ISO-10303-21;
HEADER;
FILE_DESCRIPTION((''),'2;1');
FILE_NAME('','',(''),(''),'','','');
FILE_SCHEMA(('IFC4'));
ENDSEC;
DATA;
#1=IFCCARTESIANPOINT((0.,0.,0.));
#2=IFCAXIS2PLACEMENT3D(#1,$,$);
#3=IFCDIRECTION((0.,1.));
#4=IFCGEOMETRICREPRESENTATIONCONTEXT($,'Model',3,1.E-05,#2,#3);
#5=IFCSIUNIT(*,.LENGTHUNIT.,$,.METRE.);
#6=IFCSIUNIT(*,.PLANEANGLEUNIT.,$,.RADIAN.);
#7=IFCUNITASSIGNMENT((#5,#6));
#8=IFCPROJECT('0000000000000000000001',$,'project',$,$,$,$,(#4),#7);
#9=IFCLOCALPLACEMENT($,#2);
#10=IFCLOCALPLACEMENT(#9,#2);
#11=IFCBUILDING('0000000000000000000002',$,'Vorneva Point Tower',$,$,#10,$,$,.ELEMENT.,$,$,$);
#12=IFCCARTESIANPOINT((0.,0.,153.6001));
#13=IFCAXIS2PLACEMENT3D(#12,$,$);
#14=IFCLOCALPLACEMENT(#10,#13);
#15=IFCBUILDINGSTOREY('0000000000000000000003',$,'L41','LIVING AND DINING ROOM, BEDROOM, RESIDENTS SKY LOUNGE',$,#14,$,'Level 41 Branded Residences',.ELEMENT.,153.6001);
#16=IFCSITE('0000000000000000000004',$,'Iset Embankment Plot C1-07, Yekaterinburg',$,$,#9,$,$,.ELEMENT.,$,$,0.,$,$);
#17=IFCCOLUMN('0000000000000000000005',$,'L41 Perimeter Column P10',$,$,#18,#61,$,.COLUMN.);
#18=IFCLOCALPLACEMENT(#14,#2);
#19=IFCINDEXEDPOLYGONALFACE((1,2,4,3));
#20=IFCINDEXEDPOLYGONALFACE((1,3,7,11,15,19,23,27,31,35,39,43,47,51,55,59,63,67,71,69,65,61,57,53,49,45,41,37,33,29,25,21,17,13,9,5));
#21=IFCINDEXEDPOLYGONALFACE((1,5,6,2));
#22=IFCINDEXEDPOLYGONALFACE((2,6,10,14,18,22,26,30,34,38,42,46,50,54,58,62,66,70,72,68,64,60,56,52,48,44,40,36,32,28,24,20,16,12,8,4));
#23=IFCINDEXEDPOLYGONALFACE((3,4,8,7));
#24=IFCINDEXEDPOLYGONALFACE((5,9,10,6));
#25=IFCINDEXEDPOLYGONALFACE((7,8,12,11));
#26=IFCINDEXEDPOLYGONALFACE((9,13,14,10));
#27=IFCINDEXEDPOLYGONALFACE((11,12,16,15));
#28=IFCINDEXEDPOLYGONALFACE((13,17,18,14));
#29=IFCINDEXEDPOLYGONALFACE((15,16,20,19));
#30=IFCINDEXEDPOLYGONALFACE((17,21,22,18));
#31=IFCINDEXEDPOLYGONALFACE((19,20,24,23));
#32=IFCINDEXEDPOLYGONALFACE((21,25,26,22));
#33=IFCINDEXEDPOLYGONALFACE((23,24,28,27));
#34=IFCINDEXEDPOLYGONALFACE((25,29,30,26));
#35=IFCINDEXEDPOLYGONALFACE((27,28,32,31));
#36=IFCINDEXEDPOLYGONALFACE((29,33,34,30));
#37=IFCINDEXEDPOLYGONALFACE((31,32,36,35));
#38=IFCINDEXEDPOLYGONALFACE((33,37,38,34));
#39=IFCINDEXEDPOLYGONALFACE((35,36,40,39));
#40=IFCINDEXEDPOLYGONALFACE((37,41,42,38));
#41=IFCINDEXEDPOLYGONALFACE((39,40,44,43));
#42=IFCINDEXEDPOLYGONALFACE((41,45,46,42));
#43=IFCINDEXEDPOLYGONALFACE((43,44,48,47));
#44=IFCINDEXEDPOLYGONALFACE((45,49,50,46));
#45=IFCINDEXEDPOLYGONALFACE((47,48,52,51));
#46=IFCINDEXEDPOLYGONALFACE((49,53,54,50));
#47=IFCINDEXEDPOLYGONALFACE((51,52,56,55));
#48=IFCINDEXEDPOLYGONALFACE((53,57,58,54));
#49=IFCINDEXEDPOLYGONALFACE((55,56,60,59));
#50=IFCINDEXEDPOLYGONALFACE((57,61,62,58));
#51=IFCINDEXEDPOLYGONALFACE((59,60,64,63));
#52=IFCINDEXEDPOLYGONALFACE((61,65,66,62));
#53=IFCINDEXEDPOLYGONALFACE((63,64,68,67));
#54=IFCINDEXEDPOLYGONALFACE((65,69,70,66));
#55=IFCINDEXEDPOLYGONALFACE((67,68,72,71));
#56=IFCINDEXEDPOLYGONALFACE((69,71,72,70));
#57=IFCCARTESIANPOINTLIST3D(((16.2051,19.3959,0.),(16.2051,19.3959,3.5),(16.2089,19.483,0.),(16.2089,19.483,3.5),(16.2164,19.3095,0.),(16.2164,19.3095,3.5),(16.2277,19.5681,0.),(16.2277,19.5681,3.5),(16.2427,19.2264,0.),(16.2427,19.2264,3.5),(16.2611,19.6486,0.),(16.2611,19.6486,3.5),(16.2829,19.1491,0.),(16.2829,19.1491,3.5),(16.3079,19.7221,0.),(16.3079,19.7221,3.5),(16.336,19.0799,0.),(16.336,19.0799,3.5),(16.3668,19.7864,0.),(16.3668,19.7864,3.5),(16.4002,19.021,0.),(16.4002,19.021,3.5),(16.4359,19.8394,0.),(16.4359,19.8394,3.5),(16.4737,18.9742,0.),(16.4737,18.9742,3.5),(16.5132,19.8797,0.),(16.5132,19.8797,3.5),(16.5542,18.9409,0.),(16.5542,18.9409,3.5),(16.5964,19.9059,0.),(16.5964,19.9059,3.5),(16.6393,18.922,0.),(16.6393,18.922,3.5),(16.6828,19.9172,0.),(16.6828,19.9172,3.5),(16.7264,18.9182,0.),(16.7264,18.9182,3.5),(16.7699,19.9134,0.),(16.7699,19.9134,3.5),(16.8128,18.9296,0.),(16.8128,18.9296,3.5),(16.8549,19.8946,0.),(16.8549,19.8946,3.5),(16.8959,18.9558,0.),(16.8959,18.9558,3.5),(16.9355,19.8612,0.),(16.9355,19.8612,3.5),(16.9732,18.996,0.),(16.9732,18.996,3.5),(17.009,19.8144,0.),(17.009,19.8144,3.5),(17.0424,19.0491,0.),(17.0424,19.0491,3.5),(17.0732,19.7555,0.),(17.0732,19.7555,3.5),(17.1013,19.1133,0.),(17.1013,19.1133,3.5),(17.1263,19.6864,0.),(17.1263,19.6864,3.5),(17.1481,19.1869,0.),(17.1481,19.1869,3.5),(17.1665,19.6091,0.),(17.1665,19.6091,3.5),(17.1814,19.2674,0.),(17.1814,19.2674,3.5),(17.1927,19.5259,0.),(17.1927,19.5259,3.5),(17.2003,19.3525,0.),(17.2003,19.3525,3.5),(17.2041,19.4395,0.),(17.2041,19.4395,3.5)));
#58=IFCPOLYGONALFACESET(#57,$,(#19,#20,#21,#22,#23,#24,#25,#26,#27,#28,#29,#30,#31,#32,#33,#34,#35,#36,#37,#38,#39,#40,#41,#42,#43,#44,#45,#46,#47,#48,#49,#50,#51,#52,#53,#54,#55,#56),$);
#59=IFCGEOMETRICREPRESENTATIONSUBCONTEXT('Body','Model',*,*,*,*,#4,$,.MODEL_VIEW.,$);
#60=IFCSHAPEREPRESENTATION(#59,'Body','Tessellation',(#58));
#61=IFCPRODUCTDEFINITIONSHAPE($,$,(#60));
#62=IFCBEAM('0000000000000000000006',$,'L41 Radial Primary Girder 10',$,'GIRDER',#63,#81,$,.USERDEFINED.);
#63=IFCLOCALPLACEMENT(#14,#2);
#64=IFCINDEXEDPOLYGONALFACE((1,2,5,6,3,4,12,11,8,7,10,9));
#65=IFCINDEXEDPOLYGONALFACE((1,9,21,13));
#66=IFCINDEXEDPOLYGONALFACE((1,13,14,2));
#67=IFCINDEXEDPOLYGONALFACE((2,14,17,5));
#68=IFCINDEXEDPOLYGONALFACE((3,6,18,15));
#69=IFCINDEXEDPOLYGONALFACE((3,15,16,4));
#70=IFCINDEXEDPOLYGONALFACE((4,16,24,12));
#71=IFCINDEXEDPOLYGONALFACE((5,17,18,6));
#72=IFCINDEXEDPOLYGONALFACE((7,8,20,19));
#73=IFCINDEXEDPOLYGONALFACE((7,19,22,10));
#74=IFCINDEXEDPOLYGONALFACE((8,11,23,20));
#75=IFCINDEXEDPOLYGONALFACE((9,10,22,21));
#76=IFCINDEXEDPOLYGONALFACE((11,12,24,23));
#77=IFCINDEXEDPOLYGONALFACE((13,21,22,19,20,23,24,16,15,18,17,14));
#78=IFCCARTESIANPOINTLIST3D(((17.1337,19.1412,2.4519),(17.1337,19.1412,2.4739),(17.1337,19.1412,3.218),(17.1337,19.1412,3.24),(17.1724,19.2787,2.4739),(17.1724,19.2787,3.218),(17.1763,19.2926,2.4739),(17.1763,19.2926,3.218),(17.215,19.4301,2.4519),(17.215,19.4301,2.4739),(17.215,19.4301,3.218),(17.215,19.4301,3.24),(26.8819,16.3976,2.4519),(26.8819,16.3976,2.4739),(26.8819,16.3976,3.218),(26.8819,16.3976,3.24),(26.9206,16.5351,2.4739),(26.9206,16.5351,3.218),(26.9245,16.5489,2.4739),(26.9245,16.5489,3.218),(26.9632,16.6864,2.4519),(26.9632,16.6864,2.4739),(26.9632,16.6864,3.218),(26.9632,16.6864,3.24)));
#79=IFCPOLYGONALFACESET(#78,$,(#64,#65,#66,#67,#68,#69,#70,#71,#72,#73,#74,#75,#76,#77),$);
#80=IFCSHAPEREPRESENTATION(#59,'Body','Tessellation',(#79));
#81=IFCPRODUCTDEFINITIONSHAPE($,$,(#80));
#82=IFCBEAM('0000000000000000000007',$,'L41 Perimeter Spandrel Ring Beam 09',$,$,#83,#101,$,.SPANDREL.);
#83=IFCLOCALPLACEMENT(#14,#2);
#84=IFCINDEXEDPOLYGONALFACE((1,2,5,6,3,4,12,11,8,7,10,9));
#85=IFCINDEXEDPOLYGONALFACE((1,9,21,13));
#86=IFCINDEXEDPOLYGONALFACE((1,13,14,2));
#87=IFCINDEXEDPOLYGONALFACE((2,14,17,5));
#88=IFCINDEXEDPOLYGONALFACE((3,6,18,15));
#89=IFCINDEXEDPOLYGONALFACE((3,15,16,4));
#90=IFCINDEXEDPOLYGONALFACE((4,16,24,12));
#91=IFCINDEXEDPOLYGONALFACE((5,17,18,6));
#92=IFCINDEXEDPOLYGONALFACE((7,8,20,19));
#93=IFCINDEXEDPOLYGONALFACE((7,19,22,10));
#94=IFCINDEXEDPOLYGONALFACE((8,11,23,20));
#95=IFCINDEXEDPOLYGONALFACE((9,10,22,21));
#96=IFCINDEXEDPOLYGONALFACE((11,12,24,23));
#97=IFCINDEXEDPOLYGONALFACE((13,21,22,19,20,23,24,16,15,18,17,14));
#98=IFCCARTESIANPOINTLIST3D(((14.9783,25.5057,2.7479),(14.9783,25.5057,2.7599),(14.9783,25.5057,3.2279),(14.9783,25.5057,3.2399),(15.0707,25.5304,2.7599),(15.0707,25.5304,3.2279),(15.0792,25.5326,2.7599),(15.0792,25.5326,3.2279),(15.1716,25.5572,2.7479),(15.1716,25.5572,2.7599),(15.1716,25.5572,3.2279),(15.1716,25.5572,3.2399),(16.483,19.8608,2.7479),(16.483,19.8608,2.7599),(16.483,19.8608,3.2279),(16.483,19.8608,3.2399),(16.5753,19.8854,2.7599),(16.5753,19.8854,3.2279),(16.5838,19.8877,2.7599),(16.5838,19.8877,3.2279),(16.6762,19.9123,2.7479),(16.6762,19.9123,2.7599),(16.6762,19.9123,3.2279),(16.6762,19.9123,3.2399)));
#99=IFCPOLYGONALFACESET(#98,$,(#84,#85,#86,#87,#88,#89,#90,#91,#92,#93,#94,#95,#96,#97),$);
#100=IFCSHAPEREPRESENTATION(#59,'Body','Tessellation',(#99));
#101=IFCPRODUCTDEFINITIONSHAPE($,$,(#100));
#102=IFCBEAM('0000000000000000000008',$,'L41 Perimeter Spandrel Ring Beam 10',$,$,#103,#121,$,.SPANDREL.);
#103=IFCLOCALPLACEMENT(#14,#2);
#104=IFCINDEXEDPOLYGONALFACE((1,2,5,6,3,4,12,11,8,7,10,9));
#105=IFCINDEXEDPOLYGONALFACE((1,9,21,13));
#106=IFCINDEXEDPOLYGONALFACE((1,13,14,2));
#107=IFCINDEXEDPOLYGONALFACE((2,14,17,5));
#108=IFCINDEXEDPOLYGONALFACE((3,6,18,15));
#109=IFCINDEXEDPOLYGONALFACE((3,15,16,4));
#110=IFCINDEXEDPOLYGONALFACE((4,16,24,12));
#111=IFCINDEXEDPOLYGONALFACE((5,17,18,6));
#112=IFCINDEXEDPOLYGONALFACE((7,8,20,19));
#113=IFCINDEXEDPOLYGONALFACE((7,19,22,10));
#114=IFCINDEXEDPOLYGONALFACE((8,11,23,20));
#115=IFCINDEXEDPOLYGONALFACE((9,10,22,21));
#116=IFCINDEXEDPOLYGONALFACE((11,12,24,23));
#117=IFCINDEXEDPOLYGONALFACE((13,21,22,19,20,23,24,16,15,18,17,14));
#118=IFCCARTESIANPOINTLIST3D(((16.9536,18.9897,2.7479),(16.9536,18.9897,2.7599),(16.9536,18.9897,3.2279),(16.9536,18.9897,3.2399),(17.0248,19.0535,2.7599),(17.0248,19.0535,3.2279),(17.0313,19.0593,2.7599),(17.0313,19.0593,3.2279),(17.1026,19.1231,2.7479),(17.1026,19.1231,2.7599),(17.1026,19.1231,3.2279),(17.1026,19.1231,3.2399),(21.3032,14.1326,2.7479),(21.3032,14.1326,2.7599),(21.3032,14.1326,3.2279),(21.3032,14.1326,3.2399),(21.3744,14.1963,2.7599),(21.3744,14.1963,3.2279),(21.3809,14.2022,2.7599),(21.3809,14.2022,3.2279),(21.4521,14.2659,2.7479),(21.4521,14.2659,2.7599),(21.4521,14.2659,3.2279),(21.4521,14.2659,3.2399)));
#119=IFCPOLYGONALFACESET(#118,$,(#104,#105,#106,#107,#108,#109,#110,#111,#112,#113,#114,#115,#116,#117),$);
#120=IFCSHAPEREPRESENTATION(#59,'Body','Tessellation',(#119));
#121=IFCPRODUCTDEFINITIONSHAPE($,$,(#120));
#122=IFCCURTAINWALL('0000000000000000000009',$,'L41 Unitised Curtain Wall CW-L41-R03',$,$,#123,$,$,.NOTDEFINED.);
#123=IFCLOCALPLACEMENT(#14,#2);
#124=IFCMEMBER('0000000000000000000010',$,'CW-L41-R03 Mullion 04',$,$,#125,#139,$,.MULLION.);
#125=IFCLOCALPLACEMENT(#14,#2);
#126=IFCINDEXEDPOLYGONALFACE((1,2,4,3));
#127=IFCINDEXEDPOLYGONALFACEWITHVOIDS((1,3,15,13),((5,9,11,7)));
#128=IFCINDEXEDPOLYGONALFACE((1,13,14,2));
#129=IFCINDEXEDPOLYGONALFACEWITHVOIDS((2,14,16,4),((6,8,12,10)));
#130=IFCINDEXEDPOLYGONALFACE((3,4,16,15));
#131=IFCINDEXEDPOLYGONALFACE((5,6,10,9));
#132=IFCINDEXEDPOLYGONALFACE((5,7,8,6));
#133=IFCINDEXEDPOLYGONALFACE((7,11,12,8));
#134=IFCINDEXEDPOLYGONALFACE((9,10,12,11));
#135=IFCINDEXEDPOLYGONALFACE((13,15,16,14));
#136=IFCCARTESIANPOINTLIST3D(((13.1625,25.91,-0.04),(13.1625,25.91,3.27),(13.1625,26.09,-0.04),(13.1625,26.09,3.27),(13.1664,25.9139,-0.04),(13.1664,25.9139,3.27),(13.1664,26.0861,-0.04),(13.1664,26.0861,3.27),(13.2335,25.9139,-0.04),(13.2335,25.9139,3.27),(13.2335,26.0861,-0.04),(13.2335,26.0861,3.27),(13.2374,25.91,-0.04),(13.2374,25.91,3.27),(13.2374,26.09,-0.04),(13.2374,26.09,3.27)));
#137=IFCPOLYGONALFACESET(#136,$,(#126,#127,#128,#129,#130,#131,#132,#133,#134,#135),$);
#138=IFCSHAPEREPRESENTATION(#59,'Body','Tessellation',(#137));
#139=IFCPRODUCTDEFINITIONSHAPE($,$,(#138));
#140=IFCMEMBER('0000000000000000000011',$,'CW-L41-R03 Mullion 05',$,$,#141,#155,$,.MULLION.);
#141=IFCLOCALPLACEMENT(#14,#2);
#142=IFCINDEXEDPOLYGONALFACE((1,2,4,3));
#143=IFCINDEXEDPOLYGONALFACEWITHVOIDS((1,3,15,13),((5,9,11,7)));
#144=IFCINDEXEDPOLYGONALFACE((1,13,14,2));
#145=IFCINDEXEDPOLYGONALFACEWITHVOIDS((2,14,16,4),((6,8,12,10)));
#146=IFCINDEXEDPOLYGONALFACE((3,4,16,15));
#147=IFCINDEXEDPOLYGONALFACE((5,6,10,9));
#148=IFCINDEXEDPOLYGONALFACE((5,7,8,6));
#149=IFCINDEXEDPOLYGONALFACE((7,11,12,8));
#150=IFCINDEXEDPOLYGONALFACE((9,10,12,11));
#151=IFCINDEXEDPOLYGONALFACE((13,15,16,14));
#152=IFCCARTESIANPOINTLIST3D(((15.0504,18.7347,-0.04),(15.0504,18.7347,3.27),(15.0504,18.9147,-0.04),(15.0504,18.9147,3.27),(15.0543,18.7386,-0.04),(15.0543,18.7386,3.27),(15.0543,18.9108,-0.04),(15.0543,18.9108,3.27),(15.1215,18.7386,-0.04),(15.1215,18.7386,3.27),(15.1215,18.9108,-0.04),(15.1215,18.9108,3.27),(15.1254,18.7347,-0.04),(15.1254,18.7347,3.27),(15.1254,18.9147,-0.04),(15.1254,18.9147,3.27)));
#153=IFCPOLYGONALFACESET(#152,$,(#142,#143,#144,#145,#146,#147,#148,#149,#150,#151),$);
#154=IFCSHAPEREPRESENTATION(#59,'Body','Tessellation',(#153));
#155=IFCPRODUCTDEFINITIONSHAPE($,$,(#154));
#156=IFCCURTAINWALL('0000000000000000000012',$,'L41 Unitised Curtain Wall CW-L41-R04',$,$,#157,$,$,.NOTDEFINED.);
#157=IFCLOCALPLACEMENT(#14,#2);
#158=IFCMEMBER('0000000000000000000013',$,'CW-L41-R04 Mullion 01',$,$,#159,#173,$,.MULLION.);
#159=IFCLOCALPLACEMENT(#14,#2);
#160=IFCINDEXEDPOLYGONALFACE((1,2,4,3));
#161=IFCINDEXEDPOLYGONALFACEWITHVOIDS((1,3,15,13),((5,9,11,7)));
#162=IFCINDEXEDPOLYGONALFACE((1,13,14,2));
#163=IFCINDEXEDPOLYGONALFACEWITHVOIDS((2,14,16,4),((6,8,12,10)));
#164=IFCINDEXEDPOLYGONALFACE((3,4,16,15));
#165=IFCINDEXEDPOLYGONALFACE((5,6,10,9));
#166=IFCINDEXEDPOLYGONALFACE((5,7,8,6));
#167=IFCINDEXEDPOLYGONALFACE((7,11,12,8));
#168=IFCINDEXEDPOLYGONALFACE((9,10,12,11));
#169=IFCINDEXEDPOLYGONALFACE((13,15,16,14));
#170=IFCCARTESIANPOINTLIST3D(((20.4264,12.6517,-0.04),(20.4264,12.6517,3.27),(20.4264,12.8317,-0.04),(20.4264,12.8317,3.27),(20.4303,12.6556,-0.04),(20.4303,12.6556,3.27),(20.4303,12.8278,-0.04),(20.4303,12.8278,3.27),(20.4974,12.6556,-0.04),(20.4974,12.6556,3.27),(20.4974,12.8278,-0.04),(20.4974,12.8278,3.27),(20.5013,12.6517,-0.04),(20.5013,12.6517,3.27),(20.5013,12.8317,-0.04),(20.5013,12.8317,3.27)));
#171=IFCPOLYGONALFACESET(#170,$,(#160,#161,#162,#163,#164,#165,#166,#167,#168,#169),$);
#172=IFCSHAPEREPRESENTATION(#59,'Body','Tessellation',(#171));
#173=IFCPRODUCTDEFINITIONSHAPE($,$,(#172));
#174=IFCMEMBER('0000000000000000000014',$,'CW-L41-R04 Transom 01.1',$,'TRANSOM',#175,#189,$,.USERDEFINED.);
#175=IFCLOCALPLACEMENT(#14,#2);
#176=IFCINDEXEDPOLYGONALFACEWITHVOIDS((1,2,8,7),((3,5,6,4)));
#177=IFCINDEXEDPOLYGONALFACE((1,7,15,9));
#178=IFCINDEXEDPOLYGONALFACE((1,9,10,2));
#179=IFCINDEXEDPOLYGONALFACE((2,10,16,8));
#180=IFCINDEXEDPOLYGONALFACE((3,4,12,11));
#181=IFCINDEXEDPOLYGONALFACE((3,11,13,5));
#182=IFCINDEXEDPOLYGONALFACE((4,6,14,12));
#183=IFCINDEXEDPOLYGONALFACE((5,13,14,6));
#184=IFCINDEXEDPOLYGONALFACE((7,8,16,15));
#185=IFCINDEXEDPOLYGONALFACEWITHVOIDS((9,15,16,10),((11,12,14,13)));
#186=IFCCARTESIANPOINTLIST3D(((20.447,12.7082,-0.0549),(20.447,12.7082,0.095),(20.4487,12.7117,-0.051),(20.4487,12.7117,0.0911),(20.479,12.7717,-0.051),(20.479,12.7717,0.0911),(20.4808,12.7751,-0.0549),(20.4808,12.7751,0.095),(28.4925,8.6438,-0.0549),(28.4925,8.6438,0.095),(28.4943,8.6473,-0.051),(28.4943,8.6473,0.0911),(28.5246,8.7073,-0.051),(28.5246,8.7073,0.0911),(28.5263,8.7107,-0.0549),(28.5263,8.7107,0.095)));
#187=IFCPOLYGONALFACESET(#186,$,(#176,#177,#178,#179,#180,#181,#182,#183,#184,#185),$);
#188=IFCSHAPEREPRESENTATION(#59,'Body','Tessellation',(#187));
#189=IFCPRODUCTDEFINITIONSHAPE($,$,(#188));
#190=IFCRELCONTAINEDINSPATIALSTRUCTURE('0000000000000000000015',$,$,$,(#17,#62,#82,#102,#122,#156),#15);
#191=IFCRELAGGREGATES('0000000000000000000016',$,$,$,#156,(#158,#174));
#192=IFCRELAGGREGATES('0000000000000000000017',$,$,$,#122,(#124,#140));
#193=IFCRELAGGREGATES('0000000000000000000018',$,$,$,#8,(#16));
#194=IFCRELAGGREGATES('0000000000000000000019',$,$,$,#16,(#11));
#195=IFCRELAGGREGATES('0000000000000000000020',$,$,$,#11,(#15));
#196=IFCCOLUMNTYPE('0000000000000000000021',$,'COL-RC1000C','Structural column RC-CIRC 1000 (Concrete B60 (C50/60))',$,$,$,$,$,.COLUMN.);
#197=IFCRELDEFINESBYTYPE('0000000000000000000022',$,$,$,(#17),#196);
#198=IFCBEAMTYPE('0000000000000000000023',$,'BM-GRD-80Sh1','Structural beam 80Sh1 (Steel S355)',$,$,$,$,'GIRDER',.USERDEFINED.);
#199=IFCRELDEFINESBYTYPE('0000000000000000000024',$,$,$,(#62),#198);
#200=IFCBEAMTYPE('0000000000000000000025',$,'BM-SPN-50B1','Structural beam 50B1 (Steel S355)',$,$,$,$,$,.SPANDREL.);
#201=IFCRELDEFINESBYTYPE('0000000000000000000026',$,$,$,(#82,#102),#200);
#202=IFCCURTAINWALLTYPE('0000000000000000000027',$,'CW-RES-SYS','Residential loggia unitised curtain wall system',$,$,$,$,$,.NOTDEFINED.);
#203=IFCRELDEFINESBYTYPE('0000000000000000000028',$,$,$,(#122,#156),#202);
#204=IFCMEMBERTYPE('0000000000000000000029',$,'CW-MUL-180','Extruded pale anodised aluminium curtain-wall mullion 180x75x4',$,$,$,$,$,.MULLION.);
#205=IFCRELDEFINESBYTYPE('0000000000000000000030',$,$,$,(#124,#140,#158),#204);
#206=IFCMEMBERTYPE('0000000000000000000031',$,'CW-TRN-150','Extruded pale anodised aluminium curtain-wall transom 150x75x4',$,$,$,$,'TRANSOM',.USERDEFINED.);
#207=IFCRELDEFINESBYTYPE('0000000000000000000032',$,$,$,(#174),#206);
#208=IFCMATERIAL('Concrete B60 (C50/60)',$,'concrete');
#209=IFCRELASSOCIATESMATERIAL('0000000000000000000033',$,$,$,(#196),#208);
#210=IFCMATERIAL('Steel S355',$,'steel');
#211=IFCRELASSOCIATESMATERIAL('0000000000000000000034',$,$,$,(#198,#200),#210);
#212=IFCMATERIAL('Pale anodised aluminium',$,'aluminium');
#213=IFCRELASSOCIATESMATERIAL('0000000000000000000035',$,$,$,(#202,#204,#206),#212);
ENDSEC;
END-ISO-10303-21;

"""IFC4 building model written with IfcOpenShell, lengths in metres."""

from ifc_helpers import new_model, si_unit, direction, frame, origin, origin_2d, place, context, subcontext, project, spatial, hollow_rectangle, circle, i_section, extrude, material, material_profile, profile_set, type_object, element, aggregate, save


model = new_model("IFC4")

# Units and contexts
model_context = context("Model", 3, precision=1e-05, world=origin(), true_north=direction((0.0, 1.0)))
body_context = subcontext(model_context, "Body", "Model", "MODEL_VIEW")
ifc_project = project(units=[si_unit("LENGTHUNIT", "METRE"), si_unit("PLANEANGLEUNIT", "RADIAN")], contexts=[model_context])

# Site, building, storey
site_placement = place(None, origin())
site = spatial("IfcSite", under=ifc_project, at=site_placement, Name="Iset Embankment Plot C1-07, Yekaterinburg", CompositionType="ELEMENT", RefElevation=0.0)
building_placement = place(site_placement, origin())
building = spatial("IfcBuilding", under=site, at=building_placement, Name="Vorneva Point Tower", CompositionType="ELEMENT")
storey_placement = place(building_placement, frame((0.0, 0.0, 153.6001)))
storey = spatial("IfcBuildingStorey", under=building, at=storey_placement, Name="L41", Description="LIVING AND DINING ROOM, BEDROOM, RESIDENTS SKY LOUNGE", LongName="Level 41 Branded Residences", CompositionType="ELEMENT", Elevation=153.6001)

# Column
ifc_material_1 = material(Name="Concrete B60 (C50/60)", Category="concrete")
ifc_material_profile_1 = material_profile(ifc_material_1, circle(Radius=0.5, at=origin_2d()), Name="RC-CIRC 1000")
ifc_profile_set_1 = profile_set([ifc_material_profile_1], Name="Concrete B60 (C50/60)")
column_type = type_object("IfcColumnType", Name="COL-RC1000C", Description="Structural column RC-CIRC 1000 (Concrete B60 (C50/60))", PredefinedType="COLUMN", material=ifc_profile_set_1)
column_placement = place(storey_placement, frame((16.7046, 19.4177, 0.0), z_axis=(0.0, 0.0, 1.0), x_axis=(-0.92388, -0.382683, 0.0)))
element("IfcColumn", 1, at=column_placement, inside=storey, type_object=column_type, Name="L41 Perimeter Column P10", PredefinedType="COLUMN", context=body_context, shape_type="SweptSolid", body=[
    extrude(circle(Radius=0.5, at=origin_2d()), origin(), (0.0, 0.0, 1.0), 3.5),
])

# Beams
ifc_material_2 = material(Name="Steel S355", Category="steel")
ifc_material_profile_2 = material_profile(ifc_material_2, i_section(OverallWidth=0.3, OverallDepth=0.7881, WebThickness=0.0144, FlangeThickness=0.022, at=origin_2d()), Name="80Sh1")
ifc_profile_set_2 = profile_set([ifc_material_profile_2], Name="Steel S355")
beam_type_1 = type_object("IfcBeamType", Name="BM-GRD-80Sh1", Description="Structural beam 80Sh1 (Steel S355)", ElementType="GIRDER", PredefinedType="USERDEFINED", material=ifc_profile_set_2)
beam_1_placement = place(storey_placement, frame((17.1743, 19.2856, 2.8459), z_axis=(0.962601, -0.270924, 0.0), x_axis=(0.270924, 0.962601, 0.0)))
element("IfcBeam", 2, at=beam_1_placement, inside=storey, type_object=beam_type_1, Name="L41 Radial Primary Girder 10", ObjectType="GIRDER", PredefinedType="USERDEFINED", context=body_context, shape_type="SweptSolid", body=[
    extrude(i_section(OverallWidth=0.3, OverallDepth=0.7881, WebThickness=0.0144, FlangeThickness=0.022, at=origin_2d()), origin(), (0.0, 0.0, 1.0), 10.127),
])
ifc_material_profile_3 = material_profile(ifc_material_2, i_section(OverallWidth=0.2, OverallDepth=0.4919, WebThickness=0.0088, FlangeThickness=0.012, at=origin_2d()), Name="50B1")
ifc_profile_set_3 = profile_set([ifc_material_profile_3], Name="Steel S355")
beam_type_2 = type_object("IfcBeamType", Name="BM-SPN-50B1", Description="Structural beam 50B1 (Steel S355)", PredefinedType="SPANDREL", material=ifc_profile_set_3)
beam_2_placement = place(storey_placement, frame((15.075, 25.5315, 2.9939), z_axis=(0.257551, -0.966265, 0.0), x_axis=(0.966265, 0.257551, 0.0)))
element("IfcBeam", 3, at=beam_2_placement, inside=storey, type_object=beam_type_2, Name="L41 Perimeter Spandrel Ring Beam 09", PredefinedType="SPANDREL", context=body_context, shape_type="SweptSolid", body=[
    extrude(i_section(OverallWidth=0.2, OverallDepth=0.4919, WebThickness=0.0088, FlangeThickness=0.012, at=origin_2d()), origin(), (0.0, 0.0, 1.0), 5.842),
])
beam_3_placement = place(storey_placement, frame((17.0281, 19.0564, 2.9939), z_axis=(0.667111, -0.744958, 0.0), x_axis=(0.744958, 0.667111, 0.0)))
element("IfcBeam", 4, at=beam_3_placement, inside=storey, type_object=beam_type_2, Name="L41 Perimeter Spandrel Ring Beam 10", PredefinedType="SPANDREL", context=body_context, shape_type="SweptSolid", body=[
    extrude(i_section(OverallWidth=0.2, OverallDepth=0.4919, WebThickness=0.0088, FlangeThickness=0.012, at=origin_2d()), origin(), (0.0, 0.0, 1.0), 6.52),
])

# Curtain walls, members
ifc_material_3 = material(Name="Pale anodised aluminium", Category="aluminium")
curtain_wall_type = type_object("IfcCurtainWallType", Name="CW-RES-SYS", Description="Residential loggia unitised curtain wall system", PredefinedType="NOTDEFINED", material=ifc_material_3)
curtain_wall_1_placement = place(storey_placement, origin())
curtain_wall_1 = element("IfcCurtainWall", 5, at=curtain_wall_1_placement, inside=storey, type_object=curtain_wall_type, Name="L41 Unitised Curtain Wall CW-L41-R03", PredefinedType="NOTDEFINED")
ifc_material_profile_4 = material_profile(ifc_material_3, hollow_rectangle(XDim=0.075, YDim=0.1799, WallThickness=0.0039, at=origin_2d()), Name="AL-MUL 180x75x4")
ifc_profile_set_4 = profile_set([ifc_material_profile_4], Name="Pale anodised aluminium")
member_type_1 = type_object("IfcMemberType", Name="CW-MUL-180", Description="Extruded pale anodised aluminium curtain-wall mullion 180x75x4", PredefinedType="MULLION", material=ifc_profile_set_4)
member_1_placement = place(storey_placement, frame((13.2, 26.0, -0.04), z_axis=(0.0, 0.0, 1.0), x_axis=(1.0, 0.0, 0.0)))
member_1 = element("IfcMember", 6, at=member_1_placement, type_object=member_type_1, Name="CW-L41-R03 Mullion 04", PredefinedType="MULLION", context=body_context, shape_type="SweptSolid", body=[
    extrude(hollow_rectangle(XDim=0.075, YDim=0.1799, WallThickness=0.0039, at=origin_2d()), origin(), (0.0, 0.0, 1.0), 3.3101),
])
member_2_placement = place(storey_placement, frame((15.0879, 18.8247, -0.04), z_axis=(0.0, 0.0, 1.0), x_axis=(1.0, 0.0, 0.0)))
member_2 = element("IfcMember", 7, at=member_2_placement, type_object=member_type_1, Name="CW-L41-R03 Mullion 05", PredefinedType="MULLION", context=body_context, shape_type="SweptSolid", body=[
    extrude(hollow_rectangle(XDim=0.075, YDim=0.1799, WallThickness=0.0039, at=origin_2d()), origin(), (0.0, 0.0, 1.0), 3.3101),
])
curtain_wall_2_placement = place(storey_placement, origin())
curtain_wall_2 = element("IfcCurtainWall", 8, at=curtain_wall_2_placement, inside=storey, type_object=curtain_wall_type, Name="L41 Unitised Curtain Wall CW-L41-R04", PredefinedType="NOTDEFINED")
member_3_placement = place(storey_placement, frame((20.4639, 12.7417, -0.04), z_axis=(0.0, 0.0, 1.0), x_axis=(1.0, 0.0, 0.0)))
member_3 = element("IfcMember", 9, at=member_3_placement, type_object=member_type_1, Name="CW-L41-R04 Mullion 01", PredefinedType="MULLION", context=body_context, shape_type="SweptSolid", body=[
    extrude(hollow_rectangle(XDim=0.075, YDim=0.1799, WallThickness=0.0039, at=origin_2d()), origin(), (0.0, 0.0, 1.0), 3.3101),
])
ifc_material_profile_5 = material_profile(ifc_material_3, hollow_rectangle(XDim=0.075, YDim=0.1499, WallThickness=0.0039, at=origin_2d()), Name="AL-TRN 150x75x4")
ifc_profile_set_5 = profile_set([ifc_material_profile_5], Name="Pale anodised aluminium")
member_type_2 = type_object("IfcMemberType", Name="CW-TRN-150", Description="Extruded pale anodised aluminium curtain-wall transom 150x75x4", ElementType="TRANSOM", PredefinedType="USERDEFINED", material=ifc_profile_set_5)
member_4_placement = place(storey_placement, frame((20.4639, 12.7417, 0.02), z_axis=(0.892572, -0.450904, 0.0), x_axis=(0.450904, 0.892572, 0.0)))
member_4 = element("IfcMember", 10, at=member_4_placement, type_object=member_type_2, Name="CW-L41-R04 Transom 01.1", ObjectType="TRANSOM", PredefinedType="USERDEFINED", context=body_context, shape_type="SweptSolid", body=[
    extrude(hollow_rectangle(XDim=0.075, YDim=0.1499, WallThickness=0.0039, at=origin_2d()), origin(), (0.0, 0.0, 1.0), 9.0139),
])
aggregate(curtain_wall_2, [member_3, member_4])

aggregate(curtain_wall_1, [member_1, member_2])

save(model, "model.ifc")
